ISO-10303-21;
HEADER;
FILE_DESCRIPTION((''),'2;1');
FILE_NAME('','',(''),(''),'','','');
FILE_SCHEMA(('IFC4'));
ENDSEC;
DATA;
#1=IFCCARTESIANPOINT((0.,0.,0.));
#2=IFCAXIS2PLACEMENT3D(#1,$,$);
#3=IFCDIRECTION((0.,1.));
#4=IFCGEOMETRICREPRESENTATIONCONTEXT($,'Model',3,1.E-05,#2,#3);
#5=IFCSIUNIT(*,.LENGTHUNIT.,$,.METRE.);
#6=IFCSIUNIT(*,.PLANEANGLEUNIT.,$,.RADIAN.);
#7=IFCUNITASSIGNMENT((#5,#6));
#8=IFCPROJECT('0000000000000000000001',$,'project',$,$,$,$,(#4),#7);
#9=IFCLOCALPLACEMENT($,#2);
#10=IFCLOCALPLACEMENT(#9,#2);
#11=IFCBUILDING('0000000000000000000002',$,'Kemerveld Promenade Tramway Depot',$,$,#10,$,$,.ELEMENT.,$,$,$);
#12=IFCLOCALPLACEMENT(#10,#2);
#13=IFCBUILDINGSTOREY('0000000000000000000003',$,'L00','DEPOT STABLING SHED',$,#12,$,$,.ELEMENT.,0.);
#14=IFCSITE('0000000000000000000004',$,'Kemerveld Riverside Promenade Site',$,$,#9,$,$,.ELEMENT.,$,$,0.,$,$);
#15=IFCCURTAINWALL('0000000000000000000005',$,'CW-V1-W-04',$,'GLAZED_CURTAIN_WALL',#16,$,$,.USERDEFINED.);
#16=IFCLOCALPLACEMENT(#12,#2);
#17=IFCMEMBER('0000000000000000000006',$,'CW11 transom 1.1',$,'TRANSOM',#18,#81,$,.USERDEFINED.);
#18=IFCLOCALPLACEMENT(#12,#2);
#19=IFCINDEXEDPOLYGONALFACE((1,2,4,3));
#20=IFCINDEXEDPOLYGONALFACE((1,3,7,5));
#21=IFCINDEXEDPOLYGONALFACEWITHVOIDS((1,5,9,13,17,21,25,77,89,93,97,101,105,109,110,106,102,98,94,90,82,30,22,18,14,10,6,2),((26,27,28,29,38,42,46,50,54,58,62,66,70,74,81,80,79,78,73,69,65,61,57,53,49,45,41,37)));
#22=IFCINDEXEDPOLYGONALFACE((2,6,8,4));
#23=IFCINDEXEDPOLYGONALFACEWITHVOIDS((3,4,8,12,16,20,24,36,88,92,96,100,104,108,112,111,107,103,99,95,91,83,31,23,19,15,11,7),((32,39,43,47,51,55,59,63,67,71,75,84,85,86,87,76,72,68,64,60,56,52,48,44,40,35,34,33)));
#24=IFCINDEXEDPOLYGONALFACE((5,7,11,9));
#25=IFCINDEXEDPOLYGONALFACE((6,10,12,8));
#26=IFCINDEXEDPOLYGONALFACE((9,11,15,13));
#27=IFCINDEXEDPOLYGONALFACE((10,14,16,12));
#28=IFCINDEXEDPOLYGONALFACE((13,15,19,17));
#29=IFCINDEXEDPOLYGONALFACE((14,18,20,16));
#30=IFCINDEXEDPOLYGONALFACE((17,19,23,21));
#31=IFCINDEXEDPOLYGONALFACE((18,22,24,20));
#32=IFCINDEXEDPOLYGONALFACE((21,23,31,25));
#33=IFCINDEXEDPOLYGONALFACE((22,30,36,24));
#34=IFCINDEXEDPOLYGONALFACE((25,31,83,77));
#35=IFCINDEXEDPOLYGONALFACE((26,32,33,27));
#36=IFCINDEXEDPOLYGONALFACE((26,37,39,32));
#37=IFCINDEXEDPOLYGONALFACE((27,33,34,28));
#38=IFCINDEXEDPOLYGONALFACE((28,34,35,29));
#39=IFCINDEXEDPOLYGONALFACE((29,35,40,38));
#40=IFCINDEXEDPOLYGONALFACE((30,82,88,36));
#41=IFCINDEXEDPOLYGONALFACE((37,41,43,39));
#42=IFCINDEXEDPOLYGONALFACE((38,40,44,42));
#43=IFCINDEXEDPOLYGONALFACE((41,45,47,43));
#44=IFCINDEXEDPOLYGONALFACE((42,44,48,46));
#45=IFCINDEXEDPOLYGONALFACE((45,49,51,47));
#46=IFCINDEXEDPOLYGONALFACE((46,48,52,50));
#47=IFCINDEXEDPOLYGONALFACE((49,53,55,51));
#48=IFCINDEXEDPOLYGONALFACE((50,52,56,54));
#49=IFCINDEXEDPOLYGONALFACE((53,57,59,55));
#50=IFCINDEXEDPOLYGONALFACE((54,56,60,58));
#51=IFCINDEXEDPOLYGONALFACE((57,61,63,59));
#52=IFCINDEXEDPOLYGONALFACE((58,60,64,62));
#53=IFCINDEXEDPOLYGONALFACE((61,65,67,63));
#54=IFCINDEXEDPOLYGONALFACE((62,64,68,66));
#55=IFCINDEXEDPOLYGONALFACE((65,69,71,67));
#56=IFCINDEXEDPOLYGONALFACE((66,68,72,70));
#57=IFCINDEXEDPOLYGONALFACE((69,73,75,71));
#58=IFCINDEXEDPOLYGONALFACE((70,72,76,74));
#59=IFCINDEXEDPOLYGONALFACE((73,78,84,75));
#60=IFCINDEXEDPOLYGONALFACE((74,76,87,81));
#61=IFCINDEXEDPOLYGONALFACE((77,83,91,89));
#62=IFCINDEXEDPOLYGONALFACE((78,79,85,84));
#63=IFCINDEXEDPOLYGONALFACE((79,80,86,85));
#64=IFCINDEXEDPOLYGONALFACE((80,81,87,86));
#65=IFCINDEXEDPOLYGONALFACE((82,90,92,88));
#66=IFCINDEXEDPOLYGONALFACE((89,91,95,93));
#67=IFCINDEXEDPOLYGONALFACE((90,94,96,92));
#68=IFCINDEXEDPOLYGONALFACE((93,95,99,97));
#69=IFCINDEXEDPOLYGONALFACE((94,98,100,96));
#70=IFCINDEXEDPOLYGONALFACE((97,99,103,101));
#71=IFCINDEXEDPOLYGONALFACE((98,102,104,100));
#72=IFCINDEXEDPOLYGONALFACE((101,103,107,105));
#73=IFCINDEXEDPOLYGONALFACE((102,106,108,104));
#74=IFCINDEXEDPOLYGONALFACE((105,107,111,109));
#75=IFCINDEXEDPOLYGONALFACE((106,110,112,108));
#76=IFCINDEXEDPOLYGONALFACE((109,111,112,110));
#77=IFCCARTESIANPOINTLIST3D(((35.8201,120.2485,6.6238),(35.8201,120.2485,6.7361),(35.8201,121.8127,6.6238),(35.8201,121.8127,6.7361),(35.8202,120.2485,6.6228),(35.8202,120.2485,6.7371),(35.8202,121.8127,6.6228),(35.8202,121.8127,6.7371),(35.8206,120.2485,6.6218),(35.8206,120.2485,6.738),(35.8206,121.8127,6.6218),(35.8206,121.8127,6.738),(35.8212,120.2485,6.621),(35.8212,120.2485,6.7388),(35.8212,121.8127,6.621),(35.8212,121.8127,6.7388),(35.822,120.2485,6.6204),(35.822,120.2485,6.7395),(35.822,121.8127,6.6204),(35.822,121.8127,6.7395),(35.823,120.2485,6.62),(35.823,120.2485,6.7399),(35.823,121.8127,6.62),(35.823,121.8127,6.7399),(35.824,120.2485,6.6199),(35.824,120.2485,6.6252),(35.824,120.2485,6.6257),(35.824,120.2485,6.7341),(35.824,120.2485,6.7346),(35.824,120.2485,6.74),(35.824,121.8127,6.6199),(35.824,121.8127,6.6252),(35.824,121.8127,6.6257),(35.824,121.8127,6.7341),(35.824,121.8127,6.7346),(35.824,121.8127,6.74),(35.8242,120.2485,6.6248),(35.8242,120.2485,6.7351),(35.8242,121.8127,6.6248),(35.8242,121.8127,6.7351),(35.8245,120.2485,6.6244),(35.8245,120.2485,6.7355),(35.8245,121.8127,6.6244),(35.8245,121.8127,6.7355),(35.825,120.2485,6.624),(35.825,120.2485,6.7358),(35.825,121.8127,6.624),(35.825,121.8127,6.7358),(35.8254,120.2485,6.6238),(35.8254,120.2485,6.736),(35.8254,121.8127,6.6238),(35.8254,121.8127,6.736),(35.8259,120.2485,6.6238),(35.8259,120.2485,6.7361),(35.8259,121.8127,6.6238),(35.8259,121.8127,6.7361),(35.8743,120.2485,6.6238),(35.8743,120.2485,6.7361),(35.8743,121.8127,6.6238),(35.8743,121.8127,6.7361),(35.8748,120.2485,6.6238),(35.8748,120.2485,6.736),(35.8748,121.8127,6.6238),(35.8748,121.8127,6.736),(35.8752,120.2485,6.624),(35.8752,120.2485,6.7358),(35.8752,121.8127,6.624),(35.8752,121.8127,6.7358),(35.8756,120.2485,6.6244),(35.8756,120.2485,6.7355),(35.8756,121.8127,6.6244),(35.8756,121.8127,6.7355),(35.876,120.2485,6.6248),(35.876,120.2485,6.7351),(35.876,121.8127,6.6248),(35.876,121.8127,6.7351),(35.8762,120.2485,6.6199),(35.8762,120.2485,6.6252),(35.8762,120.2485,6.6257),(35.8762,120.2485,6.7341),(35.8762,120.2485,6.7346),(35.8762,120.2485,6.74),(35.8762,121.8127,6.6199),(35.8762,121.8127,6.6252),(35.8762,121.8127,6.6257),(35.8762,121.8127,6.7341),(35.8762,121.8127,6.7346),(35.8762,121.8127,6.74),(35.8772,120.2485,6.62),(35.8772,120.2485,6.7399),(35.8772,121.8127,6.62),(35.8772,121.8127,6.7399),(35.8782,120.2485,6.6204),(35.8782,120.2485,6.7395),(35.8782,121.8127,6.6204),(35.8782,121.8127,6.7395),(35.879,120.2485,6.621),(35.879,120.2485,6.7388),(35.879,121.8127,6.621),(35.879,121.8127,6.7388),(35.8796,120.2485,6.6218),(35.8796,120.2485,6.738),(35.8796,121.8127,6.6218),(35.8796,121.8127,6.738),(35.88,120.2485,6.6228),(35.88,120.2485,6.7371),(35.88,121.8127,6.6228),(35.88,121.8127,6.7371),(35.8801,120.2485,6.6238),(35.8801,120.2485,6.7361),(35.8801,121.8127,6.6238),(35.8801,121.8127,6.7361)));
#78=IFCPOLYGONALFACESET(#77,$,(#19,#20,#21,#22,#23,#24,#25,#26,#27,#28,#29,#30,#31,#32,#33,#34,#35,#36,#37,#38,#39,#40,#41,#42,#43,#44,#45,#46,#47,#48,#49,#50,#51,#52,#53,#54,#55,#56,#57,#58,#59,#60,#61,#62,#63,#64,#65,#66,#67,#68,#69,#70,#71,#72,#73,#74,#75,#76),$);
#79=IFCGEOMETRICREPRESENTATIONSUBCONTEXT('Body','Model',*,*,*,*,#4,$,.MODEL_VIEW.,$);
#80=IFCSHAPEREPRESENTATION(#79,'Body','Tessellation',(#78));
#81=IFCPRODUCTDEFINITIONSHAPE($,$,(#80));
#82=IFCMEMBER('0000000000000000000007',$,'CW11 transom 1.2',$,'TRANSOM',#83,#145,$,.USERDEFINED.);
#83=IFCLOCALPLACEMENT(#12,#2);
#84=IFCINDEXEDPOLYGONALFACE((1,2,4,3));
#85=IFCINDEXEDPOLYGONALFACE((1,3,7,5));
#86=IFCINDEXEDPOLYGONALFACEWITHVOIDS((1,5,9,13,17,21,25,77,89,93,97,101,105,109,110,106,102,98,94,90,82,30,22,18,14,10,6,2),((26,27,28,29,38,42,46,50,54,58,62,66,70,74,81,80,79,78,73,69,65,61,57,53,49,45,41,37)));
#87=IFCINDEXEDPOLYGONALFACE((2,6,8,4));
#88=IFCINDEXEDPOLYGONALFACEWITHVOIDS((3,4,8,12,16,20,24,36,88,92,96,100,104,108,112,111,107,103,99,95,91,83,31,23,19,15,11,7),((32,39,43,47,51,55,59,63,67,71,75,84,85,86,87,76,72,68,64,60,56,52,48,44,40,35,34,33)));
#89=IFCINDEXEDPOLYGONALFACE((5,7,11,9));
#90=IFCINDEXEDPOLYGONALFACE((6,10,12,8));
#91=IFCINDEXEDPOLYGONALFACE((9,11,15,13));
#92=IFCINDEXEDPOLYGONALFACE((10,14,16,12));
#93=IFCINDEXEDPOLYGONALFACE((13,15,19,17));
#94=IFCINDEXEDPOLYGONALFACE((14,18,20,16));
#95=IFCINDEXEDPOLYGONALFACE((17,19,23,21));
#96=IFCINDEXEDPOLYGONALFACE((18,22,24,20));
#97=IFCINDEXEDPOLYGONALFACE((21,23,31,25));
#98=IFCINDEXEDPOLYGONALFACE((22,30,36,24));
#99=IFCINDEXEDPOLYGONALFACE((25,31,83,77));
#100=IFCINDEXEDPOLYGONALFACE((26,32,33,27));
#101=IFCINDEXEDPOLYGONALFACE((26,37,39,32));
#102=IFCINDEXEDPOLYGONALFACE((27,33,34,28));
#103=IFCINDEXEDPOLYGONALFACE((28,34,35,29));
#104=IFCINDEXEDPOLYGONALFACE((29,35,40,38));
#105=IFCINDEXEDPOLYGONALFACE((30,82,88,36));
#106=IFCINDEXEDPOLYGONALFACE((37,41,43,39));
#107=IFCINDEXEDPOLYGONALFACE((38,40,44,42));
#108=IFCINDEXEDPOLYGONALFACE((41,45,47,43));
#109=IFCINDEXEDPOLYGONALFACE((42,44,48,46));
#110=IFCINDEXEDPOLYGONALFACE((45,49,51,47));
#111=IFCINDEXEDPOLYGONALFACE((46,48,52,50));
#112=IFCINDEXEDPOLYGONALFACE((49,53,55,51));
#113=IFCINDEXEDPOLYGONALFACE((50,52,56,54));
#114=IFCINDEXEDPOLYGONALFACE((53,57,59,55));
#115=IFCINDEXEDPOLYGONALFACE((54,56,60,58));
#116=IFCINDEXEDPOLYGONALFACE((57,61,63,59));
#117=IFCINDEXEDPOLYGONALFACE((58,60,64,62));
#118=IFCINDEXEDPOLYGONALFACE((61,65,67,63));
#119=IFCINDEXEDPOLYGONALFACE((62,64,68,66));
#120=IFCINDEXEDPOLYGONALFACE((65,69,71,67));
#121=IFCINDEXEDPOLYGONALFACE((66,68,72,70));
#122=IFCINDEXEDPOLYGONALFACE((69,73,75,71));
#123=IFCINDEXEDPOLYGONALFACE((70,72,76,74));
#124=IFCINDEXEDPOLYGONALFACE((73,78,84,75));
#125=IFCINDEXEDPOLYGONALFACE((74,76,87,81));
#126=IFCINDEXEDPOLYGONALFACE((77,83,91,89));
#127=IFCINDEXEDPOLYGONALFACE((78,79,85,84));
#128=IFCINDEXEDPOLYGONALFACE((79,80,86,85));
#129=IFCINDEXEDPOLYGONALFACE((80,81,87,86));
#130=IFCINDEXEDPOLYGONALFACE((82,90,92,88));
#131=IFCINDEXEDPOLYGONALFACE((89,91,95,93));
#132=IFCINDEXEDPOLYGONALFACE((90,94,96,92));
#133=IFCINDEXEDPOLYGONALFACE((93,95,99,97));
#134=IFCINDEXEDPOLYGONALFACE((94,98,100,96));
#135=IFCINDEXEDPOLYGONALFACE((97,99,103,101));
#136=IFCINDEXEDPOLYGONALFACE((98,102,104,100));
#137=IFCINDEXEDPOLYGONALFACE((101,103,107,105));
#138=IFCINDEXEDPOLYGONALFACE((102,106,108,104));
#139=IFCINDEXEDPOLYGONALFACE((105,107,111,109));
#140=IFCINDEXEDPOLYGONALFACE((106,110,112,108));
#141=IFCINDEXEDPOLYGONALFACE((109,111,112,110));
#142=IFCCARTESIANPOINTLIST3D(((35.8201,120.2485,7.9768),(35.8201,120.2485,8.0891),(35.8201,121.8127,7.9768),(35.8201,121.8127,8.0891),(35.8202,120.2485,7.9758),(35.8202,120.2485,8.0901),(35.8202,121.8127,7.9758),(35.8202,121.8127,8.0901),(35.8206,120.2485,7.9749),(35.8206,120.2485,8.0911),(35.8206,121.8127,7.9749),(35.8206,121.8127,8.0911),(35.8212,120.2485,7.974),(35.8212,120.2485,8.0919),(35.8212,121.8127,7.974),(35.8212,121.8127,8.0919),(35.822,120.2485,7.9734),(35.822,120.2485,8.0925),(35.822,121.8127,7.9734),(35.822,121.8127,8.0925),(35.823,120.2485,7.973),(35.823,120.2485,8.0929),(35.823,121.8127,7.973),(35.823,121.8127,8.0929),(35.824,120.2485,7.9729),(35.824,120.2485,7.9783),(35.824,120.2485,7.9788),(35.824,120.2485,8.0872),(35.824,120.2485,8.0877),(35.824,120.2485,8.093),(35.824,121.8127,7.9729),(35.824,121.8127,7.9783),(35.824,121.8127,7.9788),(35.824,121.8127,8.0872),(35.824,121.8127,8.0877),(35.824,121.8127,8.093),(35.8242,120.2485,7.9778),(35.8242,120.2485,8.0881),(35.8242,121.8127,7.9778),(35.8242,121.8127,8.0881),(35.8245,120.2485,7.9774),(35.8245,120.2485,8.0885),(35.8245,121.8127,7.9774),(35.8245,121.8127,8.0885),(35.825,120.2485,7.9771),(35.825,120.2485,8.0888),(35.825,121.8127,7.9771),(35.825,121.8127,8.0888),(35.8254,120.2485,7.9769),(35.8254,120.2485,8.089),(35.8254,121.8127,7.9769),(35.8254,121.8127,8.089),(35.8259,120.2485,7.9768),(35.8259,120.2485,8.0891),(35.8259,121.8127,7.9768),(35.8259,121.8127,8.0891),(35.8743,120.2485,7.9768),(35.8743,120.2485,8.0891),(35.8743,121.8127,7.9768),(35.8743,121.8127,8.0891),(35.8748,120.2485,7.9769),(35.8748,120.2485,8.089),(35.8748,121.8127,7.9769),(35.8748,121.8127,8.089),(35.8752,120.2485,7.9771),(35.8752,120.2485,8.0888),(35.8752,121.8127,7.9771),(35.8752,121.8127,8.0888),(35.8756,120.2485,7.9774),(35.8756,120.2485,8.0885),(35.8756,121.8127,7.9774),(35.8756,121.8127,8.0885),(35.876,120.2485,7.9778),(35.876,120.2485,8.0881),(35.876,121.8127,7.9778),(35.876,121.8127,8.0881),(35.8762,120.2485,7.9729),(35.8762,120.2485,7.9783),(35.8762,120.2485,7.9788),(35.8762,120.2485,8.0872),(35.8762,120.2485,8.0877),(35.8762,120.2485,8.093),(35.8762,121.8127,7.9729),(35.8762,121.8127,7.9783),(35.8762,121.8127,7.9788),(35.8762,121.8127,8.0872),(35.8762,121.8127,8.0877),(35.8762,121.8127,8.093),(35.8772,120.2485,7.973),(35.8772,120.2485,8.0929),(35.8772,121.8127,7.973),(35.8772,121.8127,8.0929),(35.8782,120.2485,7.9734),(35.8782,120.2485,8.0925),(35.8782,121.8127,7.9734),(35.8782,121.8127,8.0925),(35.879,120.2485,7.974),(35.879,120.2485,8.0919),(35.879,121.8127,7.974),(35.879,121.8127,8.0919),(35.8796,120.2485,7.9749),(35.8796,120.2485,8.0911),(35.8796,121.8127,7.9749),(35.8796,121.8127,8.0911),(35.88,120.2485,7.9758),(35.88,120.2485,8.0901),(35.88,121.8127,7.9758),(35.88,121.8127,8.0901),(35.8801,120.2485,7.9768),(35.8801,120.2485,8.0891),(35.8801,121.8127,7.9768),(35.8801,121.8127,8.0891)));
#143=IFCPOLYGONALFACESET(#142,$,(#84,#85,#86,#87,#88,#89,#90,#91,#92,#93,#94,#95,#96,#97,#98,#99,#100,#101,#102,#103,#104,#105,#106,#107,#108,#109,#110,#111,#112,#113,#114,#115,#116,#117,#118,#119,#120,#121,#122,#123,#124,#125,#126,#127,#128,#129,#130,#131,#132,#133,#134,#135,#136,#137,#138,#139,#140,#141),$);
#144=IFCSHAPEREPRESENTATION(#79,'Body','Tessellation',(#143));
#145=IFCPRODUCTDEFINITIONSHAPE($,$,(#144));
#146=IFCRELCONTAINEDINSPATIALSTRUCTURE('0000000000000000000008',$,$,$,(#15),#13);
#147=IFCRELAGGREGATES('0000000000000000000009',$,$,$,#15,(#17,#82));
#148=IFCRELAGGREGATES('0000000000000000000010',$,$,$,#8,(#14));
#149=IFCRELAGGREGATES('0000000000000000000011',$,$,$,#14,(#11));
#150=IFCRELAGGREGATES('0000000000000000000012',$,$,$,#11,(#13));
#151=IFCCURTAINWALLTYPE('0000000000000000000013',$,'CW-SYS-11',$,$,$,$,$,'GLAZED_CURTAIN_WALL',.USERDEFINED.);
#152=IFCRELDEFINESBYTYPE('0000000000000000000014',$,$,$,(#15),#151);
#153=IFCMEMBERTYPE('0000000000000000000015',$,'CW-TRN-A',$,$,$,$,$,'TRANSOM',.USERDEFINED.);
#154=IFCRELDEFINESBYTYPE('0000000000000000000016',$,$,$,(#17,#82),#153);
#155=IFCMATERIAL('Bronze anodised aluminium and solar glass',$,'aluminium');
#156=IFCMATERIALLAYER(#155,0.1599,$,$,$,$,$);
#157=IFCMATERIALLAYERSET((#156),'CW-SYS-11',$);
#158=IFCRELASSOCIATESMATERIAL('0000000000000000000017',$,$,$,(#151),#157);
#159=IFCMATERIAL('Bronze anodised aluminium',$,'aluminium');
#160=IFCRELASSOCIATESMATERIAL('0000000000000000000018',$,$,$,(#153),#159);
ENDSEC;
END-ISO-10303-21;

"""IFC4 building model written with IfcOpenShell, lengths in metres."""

from ifc_helpers import new_model, si_unit, direction, frame, origin, origin_2d, place, context, subcontext, project, spatial, hollow_rectangle, extrude, material, layer, layer_set, material_profile, profile_set, type_object, element, aggregate, save


model = new_model("IFC4")

# Units and contexts
model_context = context("Model", 3, precision=1e-05, world=origin(), true_north=direction((0.0, 1.0)))
body_context = subcontext(model_context, "Body", "Model", "MODEL_VIEW")
ifc_project = project(units=[si_unit("LENGTHUNIT", "METRE"), si_unit("PLANEANGLEUNIT", "RADIAN")], contexts=[model_context])

# Site, building, storey
site_placement = place(None, origin())
site = spatial("IfcSite", under=ifc_project, at=site_placement, Name="Kemerveld Riverside Promenade Site", CompositionType="ELEMENT", RefElevation=0.0)
building_placement = place(site_placement, origin())
building = spatial("IfcBuilding", under=site, at=building_placement, Name="Kemerveld Promenade Tramway Depot", CompositionType="ELEMENT")
storey_placement = place(building_placement, origin())
storey = spatial("IfcBuildingStorey", under=building, at=storey_placement, Name="L00", Description="DEPOT STABLING SHED", CompositionType="ELEMENT", Elevation=0.0)

# Curtain wall
ifc_material_1 = material(Name="Bronze anodised aluminium and solar glass", Category="aluminium")
ifc_layer_1 = layer(ifc_material_1, 0.1599)
ifc_layer_set_1 = layer_set([ifc_layer_1], Name="CW-SYS-11")
curtain_wall_type_1 = type_object("IfcCurtainWallType", Name="CW-SYS-11", ElementType="GLAZED_CURTAIN_WALL", PredefinedType="USERDEFINED", material=ifc_layer_set_1)
curtain_wall_1_placement = place(storey_placement, origin())
curtain_wall_1 = element("IfcCurtainWall", 1, at=curtain_wall_1_placement, inside=storey, type_object=curtain_wall_type_1, Name="CW-V1-W-04", ObjectType="GLAZED_CURTAIN_WALL", PredefinedType="USERDEFINED")
ifc_material_2 = material(Name="Bronze anodised aluminium", Category="aluminium")

# Members
ifc_material_profile_1 = material_profile(ifc_material_2, hollow_rectangle(XDim=0.0601, YDim=0.1201, WallThickness=0.0039, InnerFilletRadius=0.002, OuterFilletRadius=0.0039, at=origin_2d()), Name="CW-TRN-120x60")
ifc_profile_set_1 = profile_set([ifc_material_profile_1], Name="Bronze anodised aluminium")
member_type_1 = type_object("IfcMemberType", Name="CW-TRN-A", ElementType="TRANSOM", PredefinedType="USERDEFINED", material=ifc_profile_set_1)
member_1_placement = place(storey_placement, frame((35.8501, 120.2485, 6.6799), z_axis=(0.0, 1.0, 0.0), x_axis=(-1.0, 0.0, 0.0)))
member_1 = element("IfcMember", 2, at=member_1_placement, type_object=member_type_1, Name="CW11 transom 1.1", ObjectType="TRANSOM", PredefinedType="USERDEFINED", context=body_context, shape_type="SweptSolid", body=[
    extrude(hollow_rectangle(XDim=0.0601, YDim=0.1201, WallThickness=0.0039, InnerFilletRadius=0.002, OuterFilletRadius=0.0039, at=origin_2d()), origin(), (0.0, 0.0, 1.0), 1.5642),
])
member_2_placement = place(storey_placement, frame((35.8501, 120.2485, 8.033), z_axis=(0.0, 1.0, 0.0), x_axis=(-1.0, 0.0, 0.0)))
member_2 = element("IfcMember", 3, at=member_2_placement, type_object=member_type_1, Name="CW11 transom 1.2", ObjectType="TRANSOM", PredefinedType="USERDEFINED", context=body_context, shape_type="SweptSolid", body=[
    extrude(hollow_rectangle(XDim=0.0601, YDim=0.1201, WallThickness=0.0039, InnerFilletRadius=0.002, OuterFilletRadius=0.0039, at=origin_2d()), origin(), (0.0, 0.0, 1.0), 1.5642),
])

aggregate(curtain_wall_1, [member_1, member_2])

save(model, "model.ifc")
